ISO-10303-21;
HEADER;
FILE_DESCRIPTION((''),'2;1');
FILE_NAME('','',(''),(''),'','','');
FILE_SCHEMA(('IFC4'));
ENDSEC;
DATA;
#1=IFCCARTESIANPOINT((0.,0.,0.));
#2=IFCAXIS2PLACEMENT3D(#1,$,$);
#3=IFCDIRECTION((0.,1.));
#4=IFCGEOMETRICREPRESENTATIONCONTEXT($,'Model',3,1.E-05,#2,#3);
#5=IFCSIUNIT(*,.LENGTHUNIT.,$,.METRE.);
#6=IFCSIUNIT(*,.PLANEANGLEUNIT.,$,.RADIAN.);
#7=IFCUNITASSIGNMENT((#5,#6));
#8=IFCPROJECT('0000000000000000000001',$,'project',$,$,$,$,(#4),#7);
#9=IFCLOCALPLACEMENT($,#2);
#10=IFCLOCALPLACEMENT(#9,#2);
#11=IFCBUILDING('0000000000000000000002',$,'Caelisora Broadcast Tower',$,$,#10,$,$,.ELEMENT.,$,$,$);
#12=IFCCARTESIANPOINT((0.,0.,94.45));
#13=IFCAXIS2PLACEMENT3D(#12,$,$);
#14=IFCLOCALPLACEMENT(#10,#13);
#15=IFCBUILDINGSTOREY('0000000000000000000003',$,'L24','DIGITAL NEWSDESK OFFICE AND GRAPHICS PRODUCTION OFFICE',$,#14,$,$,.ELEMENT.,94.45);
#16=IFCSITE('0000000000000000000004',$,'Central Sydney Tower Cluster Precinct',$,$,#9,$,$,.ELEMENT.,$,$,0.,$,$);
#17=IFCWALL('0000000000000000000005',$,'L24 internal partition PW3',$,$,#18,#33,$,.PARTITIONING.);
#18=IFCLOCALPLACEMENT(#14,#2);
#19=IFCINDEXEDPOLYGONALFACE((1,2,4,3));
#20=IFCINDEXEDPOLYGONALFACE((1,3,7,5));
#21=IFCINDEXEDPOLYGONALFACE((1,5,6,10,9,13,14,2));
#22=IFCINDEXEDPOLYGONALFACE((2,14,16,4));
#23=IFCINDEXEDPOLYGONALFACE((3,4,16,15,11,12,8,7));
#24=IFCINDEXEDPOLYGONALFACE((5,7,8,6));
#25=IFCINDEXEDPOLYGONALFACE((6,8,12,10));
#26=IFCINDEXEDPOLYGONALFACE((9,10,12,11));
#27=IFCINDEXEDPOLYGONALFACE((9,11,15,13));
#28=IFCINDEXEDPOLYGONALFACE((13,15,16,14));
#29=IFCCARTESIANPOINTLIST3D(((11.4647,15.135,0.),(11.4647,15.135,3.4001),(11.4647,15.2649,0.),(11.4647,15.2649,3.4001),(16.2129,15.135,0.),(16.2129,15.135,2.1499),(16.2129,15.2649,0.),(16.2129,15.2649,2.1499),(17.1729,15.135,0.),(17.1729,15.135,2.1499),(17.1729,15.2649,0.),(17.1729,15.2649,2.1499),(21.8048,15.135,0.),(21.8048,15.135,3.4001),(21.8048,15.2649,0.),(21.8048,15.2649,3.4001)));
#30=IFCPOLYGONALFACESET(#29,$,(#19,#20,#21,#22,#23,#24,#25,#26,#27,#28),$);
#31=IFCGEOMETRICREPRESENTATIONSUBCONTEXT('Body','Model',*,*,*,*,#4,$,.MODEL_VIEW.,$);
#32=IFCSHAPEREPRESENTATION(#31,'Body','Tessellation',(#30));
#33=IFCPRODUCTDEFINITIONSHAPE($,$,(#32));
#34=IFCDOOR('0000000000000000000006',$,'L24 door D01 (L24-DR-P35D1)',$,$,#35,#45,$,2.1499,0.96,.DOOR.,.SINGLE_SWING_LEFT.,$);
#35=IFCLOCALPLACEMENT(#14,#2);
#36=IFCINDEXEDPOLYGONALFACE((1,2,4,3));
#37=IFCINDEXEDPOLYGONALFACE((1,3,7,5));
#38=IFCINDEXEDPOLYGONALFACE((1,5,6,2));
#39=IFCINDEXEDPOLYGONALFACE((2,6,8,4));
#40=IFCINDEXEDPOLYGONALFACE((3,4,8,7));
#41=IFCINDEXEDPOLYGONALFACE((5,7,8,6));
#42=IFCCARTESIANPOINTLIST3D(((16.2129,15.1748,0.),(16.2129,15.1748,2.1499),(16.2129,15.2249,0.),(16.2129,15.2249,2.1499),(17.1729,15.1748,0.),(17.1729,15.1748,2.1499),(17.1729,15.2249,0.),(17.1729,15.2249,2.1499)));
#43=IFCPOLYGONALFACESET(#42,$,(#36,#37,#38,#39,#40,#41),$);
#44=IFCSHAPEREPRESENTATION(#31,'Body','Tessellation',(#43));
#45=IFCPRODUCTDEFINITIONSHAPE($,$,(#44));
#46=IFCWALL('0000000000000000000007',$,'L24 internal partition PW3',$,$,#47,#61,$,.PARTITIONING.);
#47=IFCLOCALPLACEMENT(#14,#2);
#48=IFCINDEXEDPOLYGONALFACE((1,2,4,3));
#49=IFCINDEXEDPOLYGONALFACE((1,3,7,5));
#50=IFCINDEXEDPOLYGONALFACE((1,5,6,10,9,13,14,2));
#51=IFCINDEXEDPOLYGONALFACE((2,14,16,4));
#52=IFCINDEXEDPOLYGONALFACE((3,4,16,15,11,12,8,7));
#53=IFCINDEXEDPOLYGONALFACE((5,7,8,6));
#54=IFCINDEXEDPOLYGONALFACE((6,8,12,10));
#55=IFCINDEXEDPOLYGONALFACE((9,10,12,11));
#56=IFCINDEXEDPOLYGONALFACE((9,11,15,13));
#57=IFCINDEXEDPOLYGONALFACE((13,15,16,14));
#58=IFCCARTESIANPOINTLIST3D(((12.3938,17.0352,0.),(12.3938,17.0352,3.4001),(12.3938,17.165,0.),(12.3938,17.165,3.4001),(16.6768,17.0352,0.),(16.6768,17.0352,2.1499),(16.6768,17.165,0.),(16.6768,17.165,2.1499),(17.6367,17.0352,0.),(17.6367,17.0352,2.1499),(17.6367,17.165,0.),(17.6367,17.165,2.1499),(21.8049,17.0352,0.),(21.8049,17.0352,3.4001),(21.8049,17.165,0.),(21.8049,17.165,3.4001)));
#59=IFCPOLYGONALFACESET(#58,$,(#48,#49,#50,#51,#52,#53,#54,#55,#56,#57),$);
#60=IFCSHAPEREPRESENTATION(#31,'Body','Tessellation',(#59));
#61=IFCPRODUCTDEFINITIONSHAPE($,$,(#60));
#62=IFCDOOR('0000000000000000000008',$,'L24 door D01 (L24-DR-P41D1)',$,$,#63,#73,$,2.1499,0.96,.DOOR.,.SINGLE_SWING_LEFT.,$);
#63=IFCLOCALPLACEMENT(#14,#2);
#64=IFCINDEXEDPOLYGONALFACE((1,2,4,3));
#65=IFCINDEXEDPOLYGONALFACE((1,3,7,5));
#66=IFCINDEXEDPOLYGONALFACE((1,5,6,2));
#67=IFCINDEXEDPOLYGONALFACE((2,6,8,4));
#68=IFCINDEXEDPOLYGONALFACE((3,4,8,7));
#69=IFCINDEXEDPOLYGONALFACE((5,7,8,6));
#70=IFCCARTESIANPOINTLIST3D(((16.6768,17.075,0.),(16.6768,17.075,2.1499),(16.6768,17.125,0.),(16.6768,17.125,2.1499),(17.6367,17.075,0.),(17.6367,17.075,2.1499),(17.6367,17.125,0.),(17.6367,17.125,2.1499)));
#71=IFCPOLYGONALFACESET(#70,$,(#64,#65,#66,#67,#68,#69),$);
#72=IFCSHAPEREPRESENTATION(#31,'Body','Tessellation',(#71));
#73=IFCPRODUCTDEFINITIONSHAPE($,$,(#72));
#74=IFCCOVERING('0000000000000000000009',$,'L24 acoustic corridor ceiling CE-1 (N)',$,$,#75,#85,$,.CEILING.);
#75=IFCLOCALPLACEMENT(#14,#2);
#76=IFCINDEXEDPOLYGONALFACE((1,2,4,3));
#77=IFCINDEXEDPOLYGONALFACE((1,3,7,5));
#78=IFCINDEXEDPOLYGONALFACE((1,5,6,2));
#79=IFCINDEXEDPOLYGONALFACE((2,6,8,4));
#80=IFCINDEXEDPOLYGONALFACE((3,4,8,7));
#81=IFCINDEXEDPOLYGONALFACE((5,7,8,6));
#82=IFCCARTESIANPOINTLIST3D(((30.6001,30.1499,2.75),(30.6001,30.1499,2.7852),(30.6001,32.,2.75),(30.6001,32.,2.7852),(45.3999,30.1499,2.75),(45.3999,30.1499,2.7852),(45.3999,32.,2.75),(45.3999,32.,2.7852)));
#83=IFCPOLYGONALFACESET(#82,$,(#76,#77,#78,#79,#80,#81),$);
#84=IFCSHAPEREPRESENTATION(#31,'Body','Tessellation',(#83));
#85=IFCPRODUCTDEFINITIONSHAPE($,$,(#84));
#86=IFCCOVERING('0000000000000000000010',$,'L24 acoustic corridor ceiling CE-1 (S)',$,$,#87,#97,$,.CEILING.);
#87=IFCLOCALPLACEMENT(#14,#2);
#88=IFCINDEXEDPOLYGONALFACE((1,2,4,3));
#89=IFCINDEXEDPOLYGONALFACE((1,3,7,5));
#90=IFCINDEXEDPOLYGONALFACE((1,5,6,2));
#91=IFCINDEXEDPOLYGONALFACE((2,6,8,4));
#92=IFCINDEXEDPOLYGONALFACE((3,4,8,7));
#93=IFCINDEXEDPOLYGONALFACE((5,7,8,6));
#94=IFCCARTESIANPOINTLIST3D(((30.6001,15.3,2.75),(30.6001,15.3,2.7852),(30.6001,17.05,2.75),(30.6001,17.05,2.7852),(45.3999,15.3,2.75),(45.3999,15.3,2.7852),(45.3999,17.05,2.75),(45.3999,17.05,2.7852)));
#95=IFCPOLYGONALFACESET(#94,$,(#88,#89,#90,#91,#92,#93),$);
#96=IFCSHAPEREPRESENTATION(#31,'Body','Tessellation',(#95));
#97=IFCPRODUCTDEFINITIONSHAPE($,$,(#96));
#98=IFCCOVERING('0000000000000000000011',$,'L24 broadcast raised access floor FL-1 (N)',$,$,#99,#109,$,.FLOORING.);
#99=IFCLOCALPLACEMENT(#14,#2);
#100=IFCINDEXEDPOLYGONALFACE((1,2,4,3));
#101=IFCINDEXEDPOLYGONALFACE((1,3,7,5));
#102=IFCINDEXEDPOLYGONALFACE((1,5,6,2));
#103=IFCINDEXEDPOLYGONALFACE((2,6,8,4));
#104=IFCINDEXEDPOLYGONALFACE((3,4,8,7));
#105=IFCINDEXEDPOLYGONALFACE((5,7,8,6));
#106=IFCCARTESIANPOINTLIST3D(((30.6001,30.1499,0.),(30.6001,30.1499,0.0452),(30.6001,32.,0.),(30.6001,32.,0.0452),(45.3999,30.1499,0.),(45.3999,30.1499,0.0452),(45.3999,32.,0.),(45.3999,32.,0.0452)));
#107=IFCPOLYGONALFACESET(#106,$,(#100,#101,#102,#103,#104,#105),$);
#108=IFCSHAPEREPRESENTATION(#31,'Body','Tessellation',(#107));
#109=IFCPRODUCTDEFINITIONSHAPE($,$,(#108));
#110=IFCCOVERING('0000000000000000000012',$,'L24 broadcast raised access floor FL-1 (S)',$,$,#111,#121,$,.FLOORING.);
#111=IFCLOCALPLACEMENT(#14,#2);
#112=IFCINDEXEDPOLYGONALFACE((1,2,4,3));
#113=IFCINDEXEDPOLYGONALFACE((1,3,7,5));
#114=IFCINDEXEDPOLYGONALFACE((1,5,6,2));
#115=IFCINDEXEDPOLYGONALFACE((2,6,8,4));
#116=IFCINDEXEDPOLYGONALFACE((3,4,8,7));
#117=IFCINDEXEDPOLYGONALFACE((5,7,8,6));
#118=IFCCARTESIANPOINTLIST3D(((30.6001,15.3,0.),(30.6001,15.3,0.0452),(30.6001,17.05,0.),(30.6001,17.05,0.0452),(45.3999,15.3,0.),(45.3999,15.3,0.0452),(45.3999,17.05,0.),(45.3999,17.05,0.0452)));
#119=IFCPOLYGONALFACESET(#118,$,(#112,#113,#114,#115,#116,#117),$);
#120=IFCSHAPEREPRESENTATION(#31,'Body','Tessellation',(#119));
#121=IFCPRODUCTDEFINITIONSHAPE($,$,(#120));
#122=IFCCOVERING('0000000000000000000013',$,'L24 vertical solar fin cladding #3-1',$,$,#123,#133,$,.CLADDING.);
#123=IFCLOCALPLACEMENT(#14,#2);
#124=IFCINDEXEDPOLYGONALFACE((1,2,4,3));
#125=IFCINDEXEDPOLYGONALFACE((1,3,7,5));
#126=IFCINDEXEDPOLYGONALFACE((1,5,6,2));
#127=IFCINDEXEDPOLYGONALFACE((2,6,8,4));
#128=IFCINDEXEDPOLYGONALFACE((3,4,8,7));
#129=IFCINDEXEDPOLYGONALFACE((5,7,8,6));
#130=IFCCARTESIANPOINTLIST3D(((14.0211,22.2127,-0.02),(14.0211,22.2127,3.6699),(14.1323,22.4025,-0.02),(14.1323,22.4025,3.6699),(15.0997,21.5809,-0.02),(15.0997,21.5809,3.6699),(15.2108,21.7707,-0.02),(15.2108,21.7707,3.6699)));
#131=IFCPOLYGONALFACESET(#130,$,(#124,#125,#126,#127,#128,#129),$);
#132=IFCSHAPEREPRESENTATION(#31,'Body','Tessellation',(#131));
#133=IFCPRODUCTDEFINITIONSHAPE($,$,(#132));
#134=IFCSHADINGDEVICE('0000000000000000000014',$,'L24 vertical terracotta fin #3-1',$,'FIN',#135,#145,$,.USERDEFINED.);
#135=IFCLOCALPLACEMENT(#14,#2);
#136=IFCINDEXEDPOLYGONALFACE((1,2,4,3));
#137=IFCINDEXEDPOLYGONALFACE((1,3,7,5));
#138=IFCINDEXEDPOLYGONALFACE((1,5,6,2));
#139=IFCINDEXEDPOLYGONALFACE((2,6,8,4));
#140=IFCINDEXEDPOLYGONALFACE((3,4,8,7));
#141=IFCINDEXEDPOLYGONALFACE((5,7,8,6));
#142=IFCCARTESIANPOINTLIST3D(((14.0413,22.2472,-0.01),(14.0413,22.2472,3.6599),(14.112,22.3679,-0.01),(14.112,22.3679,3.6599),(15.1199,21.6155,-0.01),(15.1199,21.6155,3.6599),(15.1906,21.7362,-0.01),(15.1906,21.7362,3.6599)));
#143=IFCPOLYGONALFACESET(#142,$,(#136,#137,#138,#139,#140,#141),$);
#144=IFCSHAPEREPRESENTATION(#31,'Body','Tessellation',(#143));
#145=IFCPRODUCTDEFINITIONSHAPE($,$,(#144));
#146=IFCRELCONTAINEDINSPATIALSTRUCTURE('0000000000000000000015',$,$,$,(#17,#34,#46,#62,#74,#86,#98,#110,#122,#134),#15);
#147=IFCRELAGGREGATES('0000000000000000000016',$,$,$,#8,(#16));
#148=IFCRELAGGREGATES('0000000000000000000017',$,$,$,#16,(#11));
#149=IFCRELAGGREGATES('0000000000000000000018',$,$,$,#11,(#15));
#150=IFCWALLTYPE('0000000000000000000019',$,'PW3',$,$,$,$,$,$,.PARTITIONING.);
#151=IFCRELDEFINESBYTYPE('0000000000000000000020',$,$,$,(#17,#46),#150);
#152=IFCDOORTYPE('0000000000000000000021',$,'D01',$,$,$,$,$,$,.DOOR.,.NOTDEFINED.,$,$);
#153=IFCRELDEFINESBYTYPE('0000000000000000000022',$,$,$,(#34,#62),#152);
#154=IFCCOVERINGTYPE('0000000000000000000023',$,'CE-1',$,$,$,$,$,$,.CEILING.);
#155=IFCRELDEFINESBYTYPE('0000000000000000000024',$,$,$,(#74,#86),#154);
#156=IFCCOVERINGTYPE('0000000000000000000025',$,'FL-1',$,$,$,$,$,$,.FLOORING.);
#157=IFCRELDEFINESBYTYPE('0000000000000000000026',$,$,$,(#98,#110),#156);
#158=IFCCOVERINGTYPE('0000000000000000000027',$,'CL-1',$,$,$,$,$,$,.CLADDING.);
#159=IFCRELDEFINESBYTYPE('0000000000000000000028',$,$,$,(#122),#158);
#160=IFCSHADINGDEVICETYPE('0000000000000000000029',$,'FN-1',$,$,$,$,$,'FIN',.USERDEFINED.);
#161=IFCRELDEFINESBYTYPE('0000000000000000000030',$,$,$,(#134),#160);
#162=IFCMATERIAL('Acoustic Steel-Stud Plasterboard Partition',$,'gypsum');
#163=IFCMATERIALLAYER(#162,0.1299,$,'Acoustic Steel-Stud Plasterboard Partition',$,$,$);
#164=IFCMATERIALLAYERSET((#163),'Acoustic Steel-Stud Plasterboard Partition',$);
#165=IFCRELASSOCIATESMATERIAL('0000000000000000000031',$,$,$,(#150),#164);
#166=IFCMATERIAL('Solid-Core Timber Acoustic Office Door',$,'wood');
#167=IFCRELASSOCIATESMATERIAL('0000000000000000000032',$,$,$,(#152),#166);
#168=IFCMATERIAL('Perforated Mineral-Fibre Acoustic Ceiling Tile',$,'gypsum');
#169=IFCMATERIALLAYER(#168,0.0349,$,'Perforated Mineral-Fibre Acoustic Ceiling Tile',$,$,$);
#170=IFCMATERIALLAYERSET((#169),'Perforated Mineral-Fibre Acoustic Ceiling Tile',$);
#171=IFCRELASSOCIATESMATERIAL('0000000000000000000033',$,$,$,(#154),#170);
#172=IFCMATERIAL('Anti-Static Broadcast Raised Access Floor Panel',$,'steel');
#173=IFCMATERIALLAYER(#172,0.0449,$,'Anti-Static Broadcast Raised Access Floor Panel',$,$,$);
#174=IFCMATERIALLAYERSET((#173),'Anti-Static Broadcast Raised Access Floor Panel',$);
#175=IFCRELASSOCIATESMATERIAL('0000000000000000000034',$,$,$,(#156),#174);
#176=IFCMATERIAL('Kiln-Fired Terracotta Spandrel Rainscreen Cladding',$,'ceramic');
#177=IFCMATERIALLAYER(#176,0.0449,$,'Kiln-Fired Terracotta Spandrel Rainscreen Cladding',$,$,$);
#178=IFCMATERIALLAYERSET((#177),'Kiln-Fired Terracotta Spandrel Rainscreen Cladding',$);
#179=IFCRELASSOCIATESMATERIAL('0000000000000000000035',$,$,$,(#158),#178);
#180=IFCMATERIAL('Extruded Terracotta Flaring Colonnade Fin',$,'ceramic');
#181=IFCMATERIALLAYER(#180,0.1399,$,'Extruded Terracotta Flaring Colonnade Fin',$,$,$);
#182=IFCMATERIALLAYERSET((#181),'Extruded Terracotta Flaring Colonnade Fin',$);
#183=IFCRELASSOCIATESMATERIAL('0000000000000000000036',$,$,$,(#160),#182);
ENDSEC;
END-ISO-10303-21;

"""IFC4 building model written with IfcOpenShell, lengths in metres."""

from ifc_helpers import new_model, si_unit, direction, frame, frame_2d, origin, origin_2d, place, context, subcontext, project, spatial, polyline, rectangle, outline, extrude, source, transform, mapped, material, layer, layer_set, type_object, type_shapes, element, fill, save


model = new_model("IFC4")

# Units and contexts
model_context = context("Model", 3, precision=1e-05, world=origin(), true_north=direction((0.0, 1.0)))
body_context = subcontext(model_context, "Body", "Model", "MODEL_VIEW")
ifc_project = project(units=[si_unit("LENGTHUNIT", "METRE"), si_unit("PLANEANGLEUNIT", "RADIAN")], contexts=[model_context])

# Site, building, storey
site_placement = place(None, origin())
site = spatial("IfcSite", under=ifc_project, at=site_placement, Name="Central Sydney Tower Cluster Precinct", CompositionType="ELEMENT", RefElevation=0.0)
building_placement = place(site_placement, origin())
building = spatial("IfcBuilding", under=site, at=building_placement, Name="Caelisora Broadcast Tower", CompositionType="ELEMENT")
storey_placement = place(building_placement, frame((0.0, 0.0, 94.45)))
storey = spatial("IfcBuildingStorey", under=building, at=storey_placement, Name="L24", Description="DIGITAL NEWSDESK OFFICE AND GRAPHICS PRODUCTION OFFICE", CompositionType="ELEMENT", Elevation=94.45)

# Walls, openings, doors
ifc_material_1 = material(Name="Acoustic Steel-Stud Plasterboard Partition", Category="gypsum")
ifc_layer_1 = layer(ifc_material_1, 0.1299, Name="Acoustic Steel-Stud Plasterboard Partition")
ifc_layer_set_1 = layer_set([ifc_layer_1], Name="Acoustic Steel-Stud Plasterboard Partition")
wall_type_1 = type_object("IfcWallType", Name="PW3", PredefinedType="PARTITIONING", material=ifc_layer_set_1)
wall_1_placement = place(storey_placement, frame((11.4648, 15.2, 0.0), z_axis=(0.0, 0.0, 1.0), x_axis=(1.0, 0.0, 0.0)))
wall_1 = element("IfcWall", 1, at=wall_1_placement, inside=storey, type_object=wall_type_1, Name="L24 internal partition PW3", PredefinedType="PARTITIONING", context=body_context, shape_type="SweptSolid", body=[
    extrude(rectangle(XDim=10.3401, YDim=0.1299, at=frame_2d((5.1699, 0.0))), origin(), (0.0, 0.0, 1.0), 3.4001),
])
opening_1_placement = place(wall_1_placement, frame((4.748, 0.0, 0.0)))
opening_1 = element("IfcOpeningElement", 2, at=opening_1_placement, cuts=wall_1, PredefinedType="OPENING", context=body_context, shape_type="SweptSolid", body=[
    extrude(rectangle(XDim=0.96, YDim=2.1499, at=frame_2d((0.48, 1.075))), frame((0.0, 0.0769, 0.0), z_axis=(0.0, -1.0, 0.0), x_axis=(1.0, 0.0, 0.0)), (0.0, 0.0, 1.0), 0.1538),
])
ifc_material_2 = material(Name="Solid-Core Timber Acoustic Office Door", Category="wood")
door_type = type_object("IfcDoorType", Name="D01", OperationType="NOTDEFINED", PredefinedType="DOOR", material=ifc_material_2)
door_1_placement = place(opening_1_placement, origin())
door_1 = element("IfcDoor", 3, at=door_1_placement, inside=storey, type_object=door_type, Name="L24 door D01 (L24-DR-P35D1)", OperationType="SINGLE_SWING_LEFT", OverallHeight=2.1499, OverallWidth=0.96, PredefinedType="DOOR", context=body_context, shape_type="SweptSolid", body=[
    extrude(rectangle(XDim=0.96, YDim=2.1499, at=frame_2d((0.48, 1.075))), frame((0.0, 0.0249, 0.0), z_axis=(0.0, -1.0, 0.0), x_axis=(1.0, 0.0, 0.0)), (0.0, 0.0, 1.0), 0.05),
])
fill(opening_1, door_1)
wall_2_placement = place(storey_placement, frame((12.3938, 17.1001, 0.0), z_axis=(0.0, 0.0, 1.0), x_axis=(1.0, 0.0, 0.0)))
wall_2 = element("IfcWall", 4, at=wall_2_placement, inside=storey, type_object=wall_type_1, Name="L24 internal partition PW3", PredefinedType="PARTITIONING", context=body_context, shape_type="SweptSolid", body=[
    extrude(rectangle(XDim=9.4111, YDim=0.1299, at=frame_2d((4.7056, 0.0))), origin(), (0.0, 0.0, 1.0), 3.4001),
])
opening_2_placement = place(wall_2_placement, frame((4.283, 0.0, 0.0)))
opening_2 = element("IfcOpeningElement", 5, at=opening_2_placement, cuts=wall_2, PredefinedType="OPENING", context=body_context, shape_type="SweptSolid", body=[
    extrude(rectangle(XDim=0.96, YDim=2.1499, at=frame_2d((0.48, 1.075))), frame((0.0, 0.0769, 0.0), z_axis=(0.0, -1.0, 0.0), x_axis=(1.0, 0.0, 0.0)), (0.0, 0.0, 1.0), 0.1538),
])
door_2_placement = place(opening_2_placement, origin())
door_2 = element("IfcDoor", 6, at=door_2_placement, inside=storey, type_object=door_type, Name="L24 door D01 (L24-DR-P41D1)", OperationType="SINGLE_SWING_LEFT", OverallHeight=2.1499, OverallWidth=0.96, PredefinedType="DOOR", context=body_context, shape_type="SweptSolid", body=[
    extrude(rectangle(XDim=0.96, YDim=2.1499, at=frame_2d((0.48, 1.075))), frame((0.0, 0.0249, 0.0), z_axis=(0.0, -1.0, 0.0), x_axis=(1.0, 0.0, 0.0)), (0.0, 0.0, 1.0), 0.05),
])
fill(opening_2, door_2)

# Coverings
ifc_material_3 = material(Name="Perforated Mineral-Fibre Acoustic Ceiling Tile", Category="gypsum")
ifc_layer_2 = layer(ifc_material_3, 0.0349, Name="Perforated Mineral-Fibre Acoustic Ceiling Tile")
ifc_layer_set_2 = layer_set([ifc_layer_2], Name="Perforated Mineral-Fibre Acoustic Ceiling Tile")
covering_type_1 = type_object("IfcCoveringType", Name="CE-1", PredefinedType="CEILING", material=ifc_layer_set_2)
covering_1_placement = place(storey_placement, frame((0.0, 0.0, 2.75)))
element("IfcCovering", 7, at=covering_1_placement, inside=storey, type_object=covering_type_1, Name="L24 acoustic corridor ceiling CE-1 (N)", PredefinedType="CEILING", context=body_context, shape_type="SweptSolid", body=[
    extrude(outline(polyline([(30.6001, 30.1499), (45.3999, 30.1499), (45.3999, 32.0), (30.6001, 32.0), (30.6001, 30.1499)])), origin(), (0.0, 0.0, 1.0), 0.0352),
])
covering_2_placement = place(storey_placement, frame((0.0, 0.0, 2.75)))
element("IfcCovering", 8, at=covering_2_placement, inside=storey, type_object=covering_type_1, Name="L24 acoustic corridor ceiling CE-1 (S)", PredefinedType="CEILING", context=body_context, shape_type="SweptSolid", body=[
    extrude(outline(polyline([(30.6001, 15.3), (45.3999, 15.3), (45.3999, 17.05), (30.6001, 17.05), (30.6001, 15.3)])), origin(), (0.0, 0.0, 1.0), 0.0352),
])
ifc_material_4 = material(Name="Anti-Static Broadcast Raised Access Floor Panel", Category="steel")
ifc_layer_3 = layer(ifc_material_4, 0.0449, Name="Anti-Static Broadcast Raised Access Floor Panel")
ifc_layer_set_3 = layer_set([ifc_layer_3], Name="Anti-Static Broadcast Raised Access Floor Panel")
covering_type_2 = type_object("IfcCoveringType", Name="FL-1", PredefinedType="FLOORING", material=ifc_layer_set_3)
covering_3_placement = place(storey_placement, origin())
element("IfcCovering", 9, at=covering_3_placement, inside=storey, type_object=covering_type_2, Name="L24 broadcast raised access floor FL-1 (N)", PredefinedType="FLOORING", context=body_context, shape_type="SweptSolid", body=[
    extrude(outline(polyline([(30.6001, 30.1499), (45.3999, 30.1499), (45.3999, 32.0), (30.6001, 32.0), (30.6001, 30.1499)])), origin(), (0.0, 0.0, 1.0), 0.0452),
])
covering_4_placement = place(storey_placement, origin())
element("IfcCovering", 10, at=covering_4_placement, inside=storey, type_object=covering_type_2, Name="L24 broadcast raised access floor FL-1 (S)", PredefinedType="FLOORING", context=body_context, shape_type="SweptSolid", body=[
    extrude(outline(polyline([(30.6001, 15.3), (45.3999, 15.3), (45.3999, 17.05), (30.6001, 17.05), (30.6001, 15.3)])), origin(), (0.0, 0.0, 1.0), 0.0452),
])
ifc_material_5 = material(Name="Kiln-Fired Terracotta Spandrel Rainscreen Cladding", Category="ceramic")
ifc_layer_4 = layer(ifc_material_5, 0.0449, Name="Kiln-Fired Terracotta Spandrel Rainscreen Cladding")
ifc_layer_set_4 = layer_set([ifc_layer_4], Name="Kiln-Fired Terracotta Spandrel Rainscreen Cladding")
covering_type_3 = type_object("IfcCoveringType", Name="CL-1", PredefinedType="CLADDING", material=ifc_layer_set_4)
shared_shape_1 = source(origin(), body_context, "Body", "SweptSolid", [
    extrude(rectangle(XDim=0.22, YDim=1.25, at=origin_2d()), origin(), (0.0, 0.0, 1.0), 3.6899),
])
type_shapes(covering_type_3, [shared_shape_1])
covering_5_placement = place(storey_placement, frame((14.616, 21.9917, -0.02), z_axis=(0.0, 0.0, 1.0), x_axis=(0.505431, 0.862867, 0.0)))
element("IfcCovering", 11, at=covering_5_placement, inside=storey, type_object=covering_type_3, Name="L24 vertical solar fin cladding #3-1", PredefinedType="CLADDING", context=body_context, shape_type="MappedRepresentation", body=[
    mapped(shared_shape_1, transform((0.0, 0.0, 0.0), scale=1.0)),
])

# Shading device
ifc_material_6 = material(Name="Extruded Terracotta Flaring Colonnade Fin", Category="ceramic")
ifc_layer_5 = layer(ifc_material_6, 0.1399, Name="Extruded Terracotta Flaring Colonnade Fin")
ifc_layer_set_5 = layer_set([ifc_layer_5], Name="Extruded Terracotta Flaring Colonnade Fin")
shading_device_type = type_object("IfcShadingDeviceType", Name="FN-1", ElementType="FIN", PredefinedType="USERDEFINED", material=ifc_layer_set_5)
shared_shape_2 = source(origin(), body_context, "Body", "SweptSolid", [
    extrude(rectangle(XDim=0.1399, YDim=1.25, at=origin_2d()), origin(), (0.0, 0.0, 1.0), 3.6699),
])
type_shapes(shading_device_type, [shared_shape_2])
shading_device_placement = place(storey_placement, frame((14.616, 21.9917, -0.01), z_axis=(0.0, 0.0, 1.0), x_axis=(0.505431, 0.862867, 0.0)))
element("IfcShadingDevice", 12, at=shading_device_placement, inside=storey, type_object=shading_device_type, Name="L24 vertical terracotta fin #3-1", ObjectType="FIN", PredefinedType="USERDEFINED", context=body_context, shape_type="MappedRepresentation", body=[
    mapped(shared_shape_2, transform((0.0, 0.0, 0.0), scale=1.0)),
])

save(model, "model.ifc")
